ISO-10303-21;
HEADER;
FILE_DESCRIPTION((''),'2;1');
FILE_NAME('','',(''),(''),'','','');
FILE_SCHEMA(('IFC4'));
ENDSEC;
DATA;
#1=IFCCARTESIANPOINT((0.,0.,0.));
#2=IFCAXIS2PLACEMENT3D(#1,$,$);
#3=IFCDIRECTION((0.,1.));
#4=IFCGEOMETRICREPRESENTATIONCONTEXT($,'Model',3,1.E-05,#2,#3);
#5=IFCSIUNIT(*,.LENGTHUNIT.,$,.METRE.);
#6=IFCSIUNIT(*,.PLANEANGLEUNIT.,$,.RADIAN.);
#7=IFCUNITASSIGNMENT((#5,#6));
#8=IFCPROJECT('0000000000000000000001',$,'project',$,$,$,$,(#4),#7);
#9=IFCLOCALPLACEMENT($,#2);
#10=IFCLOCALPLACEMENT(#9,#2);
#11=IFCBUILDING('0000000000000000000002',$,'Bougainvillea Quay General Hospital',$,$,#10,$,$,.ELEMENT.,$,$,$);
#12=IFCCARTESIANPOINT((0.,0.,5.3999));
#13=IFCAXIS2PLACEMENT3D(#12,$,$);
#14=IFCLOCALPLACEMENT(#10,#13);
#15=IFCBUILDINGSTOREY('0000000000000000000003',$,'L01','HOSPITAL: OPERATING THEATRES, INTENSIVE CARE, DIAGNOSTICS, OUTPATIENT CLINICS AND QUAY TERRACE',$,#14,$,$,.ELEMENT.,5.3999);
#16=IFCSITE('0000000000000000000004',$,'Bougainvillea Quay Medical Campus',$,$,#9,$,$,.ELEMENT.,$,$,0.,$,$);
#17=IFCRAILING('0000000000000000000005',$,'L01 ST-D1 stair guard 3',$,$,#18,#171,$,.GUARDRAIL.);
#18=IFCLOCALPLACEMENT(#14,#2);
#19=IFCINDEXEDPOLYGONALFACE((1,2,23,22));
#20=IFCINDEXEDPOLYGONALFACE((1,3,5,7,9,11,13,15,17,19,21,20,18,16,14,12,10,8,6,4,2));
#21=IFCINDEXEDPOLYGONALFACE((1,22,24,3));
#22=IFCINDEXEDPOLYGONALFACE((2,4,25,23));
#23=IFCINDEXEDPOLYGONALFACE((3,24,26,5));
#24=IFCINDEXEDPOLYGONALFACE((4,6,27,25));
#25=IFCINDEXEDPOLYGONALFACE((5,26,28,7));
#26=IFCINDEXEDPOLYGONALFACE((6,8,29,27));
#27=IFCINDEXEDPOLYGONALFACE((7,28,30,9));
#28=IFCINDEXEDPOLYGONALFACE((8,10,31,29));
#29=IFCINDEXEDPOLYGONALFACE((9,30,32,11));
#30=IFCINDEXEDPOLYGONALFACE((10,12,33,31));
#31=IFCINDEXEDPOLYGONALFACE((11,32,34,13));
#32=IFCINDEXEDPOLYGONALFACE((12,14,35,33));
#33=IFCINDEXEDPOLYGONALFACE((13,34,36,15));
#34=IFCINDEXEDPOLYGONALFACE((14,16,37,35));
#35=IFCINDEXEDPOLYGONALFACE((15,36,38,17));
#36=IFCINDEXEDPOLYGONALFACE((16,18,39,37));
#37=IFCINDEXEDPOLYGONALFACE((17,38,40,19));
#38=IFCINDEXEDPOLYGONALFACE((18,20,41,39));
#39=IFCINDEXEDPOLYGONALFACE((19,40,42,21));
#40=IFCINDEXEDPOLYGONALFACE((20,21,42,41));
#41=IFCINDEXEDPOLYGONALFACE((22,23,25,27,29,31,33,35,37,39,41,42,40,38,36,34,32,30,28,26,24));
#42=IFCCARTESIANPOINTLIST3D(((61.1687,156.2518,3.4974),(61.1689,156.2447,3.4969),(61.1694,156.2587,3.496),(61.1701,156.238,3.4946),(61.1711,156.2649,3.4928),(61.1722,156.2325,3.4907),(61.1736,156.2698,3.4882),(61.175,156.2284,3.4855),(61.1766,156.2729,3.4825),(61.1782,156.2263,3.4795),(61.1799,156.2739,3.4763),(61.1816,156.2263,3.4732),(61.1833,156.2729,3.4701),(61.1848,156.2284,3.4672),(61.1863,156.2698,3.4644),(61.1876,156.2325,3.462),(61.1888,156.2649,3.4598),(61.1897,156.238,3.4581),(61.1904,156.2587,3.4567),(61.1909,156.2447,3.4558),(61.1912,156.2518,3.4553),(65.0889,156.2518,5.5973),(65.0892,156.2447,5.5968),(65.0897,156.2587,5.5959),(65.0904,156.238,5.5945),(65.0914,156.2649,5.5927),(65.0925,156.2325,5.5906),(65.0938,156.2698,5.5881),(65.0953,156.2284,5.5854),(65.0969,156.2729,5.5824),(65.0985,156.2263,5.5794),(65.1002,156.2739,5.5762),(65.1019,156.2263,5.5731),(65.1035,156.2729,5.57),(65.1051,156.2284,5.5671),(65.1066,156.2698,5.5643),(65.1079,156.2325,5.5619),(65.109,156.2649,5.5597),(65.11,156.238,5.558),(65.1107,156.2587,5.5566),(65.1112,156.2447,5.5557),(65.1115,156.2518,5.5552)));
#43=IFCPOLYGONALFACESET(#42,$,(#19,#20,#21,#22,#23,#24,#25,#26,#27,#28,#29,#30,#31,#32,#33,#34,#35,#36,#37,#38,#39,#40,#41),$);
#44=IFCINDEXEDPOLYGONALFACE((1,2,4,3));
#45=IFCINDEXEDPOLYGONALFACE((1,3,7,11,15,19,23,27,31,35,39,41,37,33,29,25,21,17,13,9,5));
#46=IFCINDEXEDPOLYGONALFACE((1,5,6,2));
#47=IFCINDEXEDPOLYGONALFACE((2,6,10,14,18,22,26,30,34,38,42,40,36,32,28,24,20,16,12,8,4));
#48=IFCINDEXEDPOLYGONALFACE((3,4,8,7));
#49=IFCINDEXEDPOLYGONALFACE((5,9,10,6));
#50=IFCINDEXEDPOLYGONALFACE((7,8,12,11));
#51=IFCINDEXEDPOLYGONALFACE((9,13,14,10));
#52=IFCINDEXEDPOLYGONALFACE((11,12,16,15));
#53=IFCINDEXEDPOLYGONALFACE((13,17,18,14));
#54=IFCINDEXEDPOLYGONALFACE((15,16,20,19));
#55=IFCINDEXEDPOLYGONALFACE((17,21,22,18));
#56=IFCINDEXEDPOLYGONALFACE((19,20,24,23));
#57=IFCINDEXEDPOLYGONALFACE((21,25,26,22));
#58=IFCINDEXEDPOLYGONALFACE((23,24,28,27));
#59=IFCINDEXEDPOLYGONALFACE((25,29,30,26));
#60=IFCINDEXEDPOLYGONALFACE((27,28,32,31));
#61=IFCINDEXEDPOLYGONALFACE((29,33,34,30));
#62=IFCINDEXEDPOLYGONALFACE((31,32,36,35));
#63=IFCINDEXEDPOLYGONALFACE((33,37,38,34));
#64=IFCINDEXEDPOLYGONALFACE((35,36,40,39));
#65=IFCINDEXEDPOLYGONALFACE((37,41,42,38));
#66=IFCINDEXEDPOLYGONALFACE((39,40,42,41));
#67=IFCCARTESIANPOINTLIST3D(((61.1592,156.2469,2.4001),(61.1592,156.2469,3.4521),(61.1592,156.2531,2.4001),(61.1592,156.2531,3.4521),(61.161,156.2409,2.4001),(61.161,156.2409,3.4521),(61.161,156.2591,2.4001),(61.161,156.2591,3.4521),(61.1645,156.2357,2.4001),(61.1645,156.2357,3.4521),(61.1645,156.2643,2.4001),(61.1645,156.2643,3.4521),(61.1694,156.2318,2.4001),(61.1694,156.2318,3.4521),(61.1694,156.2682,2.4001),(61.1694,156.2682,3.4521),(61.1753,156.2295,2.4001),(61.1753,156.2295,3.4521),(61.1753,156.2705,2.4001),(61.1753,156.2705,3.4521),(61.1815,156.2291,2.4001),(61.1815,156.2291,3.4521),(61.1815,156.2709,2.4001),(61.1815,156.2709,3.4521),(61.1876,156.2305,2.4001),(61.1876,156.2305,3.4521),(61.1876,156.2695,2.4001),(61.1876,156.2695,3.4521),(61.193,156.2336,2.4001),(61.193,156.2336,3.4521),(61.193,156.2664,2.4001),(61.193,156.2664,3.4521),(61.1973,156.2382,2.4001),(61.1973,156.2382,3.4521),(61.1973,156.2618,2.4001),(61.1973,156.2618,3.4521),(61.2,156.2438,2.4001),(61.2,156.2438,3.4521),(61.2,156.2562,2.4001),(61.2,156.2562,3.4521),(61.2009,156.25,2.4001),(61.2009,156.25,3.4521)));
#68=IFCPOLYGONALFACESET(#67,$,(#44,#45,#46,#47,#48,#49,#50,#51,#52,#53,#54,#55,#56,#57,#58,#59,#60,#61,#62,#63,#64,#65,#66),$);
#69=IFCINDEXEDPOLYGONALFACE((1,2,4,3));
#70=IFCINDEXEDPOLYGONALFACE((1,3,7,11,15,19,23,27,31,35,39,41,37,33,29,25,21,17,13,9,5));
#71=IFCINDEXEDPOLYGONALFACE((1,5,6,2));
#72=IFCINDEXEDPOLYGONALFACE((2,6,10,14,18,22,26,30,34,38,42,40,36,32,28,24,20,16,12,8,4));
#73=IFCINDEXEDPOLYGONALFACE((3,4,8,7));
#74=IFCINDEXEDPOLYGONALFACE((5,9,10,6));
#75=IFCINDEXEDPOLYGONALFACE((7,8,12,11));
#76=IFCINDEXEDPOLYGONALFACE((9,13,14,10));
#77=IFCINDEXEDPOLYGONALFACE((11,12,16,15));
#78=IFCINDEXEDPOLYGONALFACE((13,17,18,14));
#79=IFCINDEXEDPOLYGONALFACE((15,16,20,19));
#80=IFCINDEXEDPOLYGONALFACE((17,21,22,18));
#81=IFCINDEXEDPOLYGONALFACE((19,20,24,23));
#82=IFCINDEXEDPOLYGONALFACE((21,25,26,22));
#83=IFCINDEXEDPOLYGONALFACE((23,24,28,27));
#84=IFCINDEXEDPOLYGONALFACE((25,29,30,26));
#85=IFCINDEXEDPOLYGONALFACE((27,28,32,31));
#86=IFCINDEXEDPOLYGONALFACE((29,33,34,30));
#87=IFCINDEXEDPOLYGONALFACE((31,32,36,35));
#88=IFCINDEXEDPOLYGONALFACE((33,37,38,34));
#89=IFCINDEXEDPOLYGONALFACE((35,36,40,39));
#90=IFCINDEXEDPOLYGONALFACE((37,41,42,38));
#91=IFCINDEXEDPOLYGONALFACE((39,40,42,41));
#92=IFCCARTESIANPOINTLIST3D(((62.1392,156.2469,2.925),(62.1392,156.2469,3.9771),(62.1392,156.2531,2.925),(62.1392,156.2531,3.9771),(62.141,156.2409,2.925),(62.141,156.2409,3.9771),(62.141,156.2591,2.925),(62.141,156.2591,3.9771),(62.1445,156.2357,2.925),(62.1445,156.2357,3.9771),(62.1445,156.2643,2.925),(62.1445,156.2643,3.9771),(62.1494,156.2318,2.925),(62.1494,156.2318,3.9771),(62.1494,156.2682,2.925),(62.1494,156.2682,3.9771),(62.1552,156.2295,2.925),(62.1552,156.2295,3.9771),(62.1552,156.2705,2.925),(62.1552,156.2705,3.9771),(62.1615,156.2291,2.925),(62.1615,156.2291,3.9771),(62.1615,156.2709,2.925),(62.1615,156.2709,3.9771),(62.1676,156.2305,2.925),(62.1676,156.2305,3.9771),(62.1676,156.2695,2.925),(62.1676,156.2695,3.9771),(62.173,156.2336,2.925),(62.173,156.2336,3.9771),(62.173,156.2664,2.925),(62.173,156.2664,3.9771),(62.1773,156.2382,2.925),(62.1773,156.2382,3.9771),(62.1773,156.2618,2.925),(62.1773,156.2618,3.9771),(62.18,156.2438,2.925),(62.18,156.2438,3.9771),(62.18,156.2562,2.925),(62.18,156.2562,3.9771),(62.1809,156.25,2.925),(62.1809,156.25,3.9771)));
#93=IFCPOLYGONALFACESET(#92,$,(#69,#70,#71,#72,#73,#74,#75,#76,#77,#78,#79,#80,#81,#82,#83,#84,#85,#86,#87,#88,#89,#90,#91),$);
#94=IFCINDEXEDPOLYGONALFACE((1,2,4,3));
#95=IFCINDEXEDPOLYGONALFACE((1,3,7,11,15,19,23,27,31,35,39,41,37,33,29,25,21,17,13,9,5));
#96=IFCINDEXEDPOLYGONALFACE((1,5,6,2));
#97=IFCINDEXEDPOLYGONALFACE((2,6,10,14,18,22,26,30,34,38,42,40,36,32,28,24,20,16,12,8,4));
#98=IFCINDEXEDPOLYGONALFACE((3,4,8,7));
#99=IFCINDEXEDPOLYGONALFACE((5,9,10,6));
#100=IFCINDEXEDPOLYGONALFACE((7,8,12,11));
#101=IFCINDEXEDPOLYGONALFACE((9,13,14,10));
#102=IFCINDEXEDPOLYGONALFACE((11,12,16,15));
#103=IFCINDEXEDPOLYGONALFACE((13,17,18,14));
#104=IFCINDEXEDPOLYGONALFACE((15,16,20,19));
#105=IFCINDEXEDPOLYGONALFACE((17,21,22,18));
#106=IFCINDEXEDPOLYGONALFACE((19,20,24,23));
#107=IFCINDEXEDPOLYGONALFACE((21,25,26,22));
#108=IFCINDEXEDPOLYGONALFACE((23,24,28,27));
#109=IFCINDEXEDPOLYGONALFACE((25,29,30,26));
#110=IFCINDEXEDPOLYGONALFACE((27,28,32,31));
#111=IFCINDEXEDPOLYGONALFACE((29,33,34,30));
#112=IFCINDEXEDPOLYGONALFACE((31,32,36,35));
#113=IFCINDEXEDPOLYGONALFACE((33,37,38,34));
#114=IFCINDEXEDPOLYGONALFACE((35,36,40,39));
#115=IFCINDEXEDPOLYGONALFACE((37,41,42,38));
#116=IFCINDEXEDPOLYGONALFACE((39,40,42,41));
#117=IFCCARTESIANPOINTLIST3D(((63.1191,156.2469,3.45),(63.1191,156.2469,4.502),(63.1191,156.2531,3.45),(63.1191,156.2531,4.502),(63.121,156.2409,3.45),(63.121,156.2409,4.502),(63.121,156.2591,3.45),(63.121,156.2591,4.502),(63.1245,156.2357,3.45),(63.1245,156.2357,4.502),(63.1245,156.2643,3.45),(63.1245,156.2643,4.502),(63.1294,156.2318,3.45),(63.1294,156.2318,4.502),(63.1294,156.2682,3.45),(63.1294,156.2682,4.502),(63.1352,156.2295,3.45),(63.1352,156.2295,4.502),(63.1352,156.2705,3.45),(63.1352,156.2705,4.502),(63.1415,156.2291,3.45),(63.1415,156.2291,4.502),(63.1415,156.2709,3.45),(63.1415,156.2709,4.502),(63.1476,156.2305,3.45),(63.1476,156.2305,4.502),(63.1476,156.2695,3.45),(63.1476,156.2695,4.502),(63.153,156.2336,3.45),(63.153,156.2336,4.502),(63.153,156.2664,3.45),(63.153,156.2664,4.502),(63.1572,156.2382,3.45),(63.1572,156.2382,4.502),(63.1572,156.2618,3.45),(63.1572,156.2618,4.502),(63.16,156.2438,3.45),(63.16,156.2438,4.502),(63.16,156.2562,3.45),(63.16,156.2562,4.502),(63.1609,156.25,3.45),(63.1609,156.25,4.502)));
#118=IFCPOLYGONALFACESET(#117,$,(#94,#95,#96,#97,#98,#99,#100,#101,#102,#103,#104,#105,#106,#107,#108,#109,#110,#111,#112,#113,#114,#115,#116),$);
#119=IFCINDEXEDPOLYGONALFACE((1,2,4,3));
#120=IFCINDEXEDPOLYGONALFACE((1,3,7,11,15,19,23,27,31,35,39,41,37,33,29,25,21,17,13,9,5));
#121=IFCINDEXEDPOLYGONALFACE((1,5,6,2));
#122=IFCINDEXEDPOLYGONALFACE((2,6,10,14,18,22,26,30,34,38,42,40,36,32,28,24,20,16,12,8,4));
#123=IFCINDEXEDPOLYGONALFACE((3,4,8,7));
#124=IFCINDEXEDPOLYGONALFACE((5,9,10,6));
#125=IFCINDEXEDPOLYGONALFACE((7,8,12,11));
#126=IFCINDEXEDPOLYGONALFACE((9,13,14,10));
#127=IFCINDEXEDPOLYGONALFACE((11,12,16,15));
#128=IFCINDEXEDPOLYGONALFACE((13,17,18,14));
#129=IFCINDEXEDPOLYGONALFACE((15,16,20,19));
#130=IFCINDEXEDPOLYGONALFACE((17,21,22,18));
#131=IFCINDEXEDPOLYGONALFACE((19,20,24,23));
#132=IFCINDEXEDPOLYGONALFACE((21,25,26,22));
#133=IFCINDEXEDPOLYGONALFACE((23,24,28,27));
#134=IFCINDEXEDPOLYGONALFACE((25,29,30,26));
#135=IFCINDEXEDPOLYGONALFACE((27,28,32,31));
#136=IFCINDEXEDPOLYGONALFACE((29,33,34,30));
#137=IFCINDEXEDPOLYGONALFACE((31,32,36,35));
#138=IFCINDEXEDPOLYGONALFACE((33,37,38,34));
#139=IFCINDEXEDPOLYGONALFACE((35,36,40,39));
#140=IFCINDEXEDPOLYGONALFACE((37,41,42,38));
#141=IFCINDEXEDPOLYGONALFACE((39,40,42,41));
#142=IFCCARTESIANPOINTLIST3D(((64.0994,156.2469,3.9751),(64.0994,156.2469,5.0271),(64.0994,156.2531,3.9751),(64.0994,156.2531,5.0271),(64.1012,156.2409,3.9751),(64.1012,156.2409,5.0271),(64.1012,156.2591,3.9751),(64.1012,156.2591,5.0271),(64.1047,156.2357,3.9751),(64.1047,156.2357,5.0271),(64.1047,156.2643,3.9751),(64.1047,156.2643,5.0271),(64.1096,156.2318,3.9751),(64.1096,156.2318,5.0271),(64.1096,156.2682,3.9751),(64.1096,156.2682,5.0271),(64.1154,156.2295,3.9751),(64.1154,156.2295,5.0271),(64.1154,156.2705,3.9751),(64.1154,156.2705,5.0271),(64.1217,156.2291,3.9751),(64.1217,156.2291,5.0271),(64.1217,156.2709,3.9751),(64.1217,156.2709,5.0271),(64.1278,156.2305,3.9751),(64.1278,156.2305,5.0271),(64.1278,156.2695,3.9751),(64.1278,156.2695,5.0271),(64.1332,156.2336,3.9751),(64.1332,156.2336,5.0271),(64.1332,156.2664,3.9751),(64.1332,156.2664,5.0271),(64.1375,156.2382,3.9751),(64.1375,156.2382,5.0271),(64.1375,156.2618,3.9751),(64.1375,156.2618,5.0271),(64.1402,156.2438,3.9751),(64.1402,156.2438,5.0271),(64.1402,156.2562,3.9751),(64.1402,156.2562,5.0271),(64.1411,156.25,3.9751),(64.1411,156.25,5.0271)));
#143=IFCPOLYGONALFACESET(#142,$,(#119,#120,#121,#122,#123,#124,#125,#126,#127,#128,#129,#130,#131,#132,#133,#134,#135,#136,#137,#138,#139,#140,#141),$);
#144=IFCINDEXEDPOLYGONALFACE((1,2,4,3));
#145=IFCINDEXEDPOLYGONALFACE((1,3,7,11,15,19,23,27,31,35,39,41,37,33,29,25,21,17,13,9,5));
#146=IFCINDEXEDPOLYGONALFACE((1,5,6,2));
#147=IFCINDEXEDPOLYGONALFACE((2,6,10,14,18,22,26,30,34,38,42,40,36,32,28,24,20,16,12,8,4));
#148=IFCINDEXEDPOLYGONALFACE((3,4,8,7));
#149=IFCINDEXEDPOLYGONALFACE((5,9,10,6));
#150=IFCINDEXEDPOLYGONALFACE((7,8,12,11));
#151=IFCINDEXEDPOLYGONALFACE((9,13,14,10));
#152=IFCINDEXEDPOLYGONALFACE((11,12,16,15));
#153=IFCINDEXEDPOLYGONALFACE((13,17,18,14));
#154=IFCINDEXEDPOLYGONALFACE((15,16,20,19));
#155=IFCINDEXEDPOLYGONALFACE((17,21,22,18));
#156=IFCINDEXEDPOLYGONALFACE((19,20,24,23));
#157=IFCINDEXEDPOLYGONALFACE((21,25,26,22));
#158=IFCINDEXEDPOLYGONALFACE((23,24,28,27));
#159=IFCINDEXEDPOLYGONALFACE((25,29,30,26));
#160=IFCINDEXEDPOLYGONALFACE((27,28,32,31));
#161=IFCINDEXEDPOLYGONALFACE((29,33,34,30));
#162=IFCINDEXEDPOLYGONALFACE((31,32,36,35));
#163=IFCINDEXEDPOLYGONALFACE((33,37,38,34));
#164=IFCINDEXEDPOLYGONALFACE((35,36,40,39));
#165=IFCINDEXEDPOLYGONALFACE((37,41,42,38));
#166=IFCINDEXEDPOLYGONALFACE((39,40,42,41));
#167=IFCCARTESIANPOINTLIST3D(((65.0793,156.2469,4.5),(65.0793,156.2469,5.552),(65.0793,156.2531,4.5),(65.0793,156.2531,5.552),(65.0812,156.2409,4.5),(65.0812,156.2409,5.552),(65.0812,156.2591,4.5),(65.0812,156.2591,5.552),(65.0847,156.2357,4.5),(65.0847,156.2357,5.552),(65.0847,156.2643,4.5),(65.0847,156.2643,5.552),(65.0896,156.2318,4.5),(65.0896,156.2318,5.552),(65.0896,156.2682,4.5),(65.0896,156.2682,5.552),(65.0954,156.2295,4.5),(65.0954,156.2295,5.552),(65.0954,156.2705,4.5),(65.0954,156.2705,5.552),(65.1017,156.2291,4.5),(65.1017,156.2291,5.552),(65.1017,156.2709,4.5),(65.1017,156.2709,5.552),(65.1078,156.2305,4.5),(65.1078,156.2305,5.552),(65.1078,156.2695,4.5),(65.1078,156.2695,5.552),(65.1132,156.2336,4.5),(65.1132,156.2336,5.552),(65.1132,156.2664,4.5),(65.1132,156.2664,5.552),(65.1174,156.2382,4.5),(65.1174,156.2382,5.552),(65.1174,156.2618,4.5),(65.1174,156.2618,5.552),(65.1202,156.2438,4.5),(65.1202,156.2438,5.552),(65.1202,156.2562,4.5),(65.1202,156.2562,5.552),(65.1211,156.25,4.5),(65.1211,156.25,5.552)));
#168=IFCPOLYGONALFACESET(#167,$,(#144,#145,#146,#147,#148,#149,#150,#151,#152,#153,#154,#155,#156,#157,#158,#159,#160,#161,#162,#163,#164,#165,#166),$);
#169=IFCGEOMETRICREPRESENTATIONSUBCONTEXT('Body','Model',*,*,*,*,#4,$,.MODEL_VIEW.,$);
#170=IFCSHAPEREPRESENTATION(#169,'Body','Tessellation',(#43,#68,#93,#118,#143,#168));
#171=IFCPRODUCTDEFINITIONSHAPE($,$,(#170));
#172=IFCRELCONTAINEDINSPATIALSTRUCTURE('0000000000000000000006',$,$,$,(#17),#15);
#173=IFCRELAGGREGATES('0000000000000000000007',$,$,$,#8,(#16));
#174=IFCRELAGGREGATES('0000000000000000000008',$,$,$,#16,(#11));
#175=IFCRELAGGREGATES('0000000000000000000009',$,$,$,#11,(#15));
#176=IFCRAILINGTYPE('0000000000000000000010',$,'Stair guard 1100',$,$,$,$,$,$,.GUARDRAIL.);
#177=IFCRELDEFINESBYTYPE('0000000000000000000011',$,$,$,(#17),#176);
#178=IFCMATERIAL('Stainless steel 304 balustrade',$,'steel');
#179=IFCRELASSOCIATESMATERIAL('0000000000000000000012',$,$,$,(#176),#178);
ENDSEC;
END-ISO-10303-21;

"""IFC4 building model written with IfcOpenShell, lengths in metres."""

from ifc_helpers import new_model, si_unit, direction, frame, origin, origin_2d, place, context, subcontext, project, spatial, circle, extrude, material, type_object, element, save


model = new_model("IFC4")

# Units and contexts
model_context = context("Model", 3, precision=1e-05, world=origin(), true_north=direction((0.0, 1.0)))
body_context = subcontext(model_context, "Body", "Model", "MODEL_VIEW")
ifc_project = project(units=[si_unit("LENGTHUNIT", "METRE"), si_unit("PLANEANGLEUNIT", "RADIAN")], contexts=[model_context])

# Site, building, storey
site_placement = place(None, origin())
site = spatial("IfcSite", under=ifc_project, at=site_placement, Name="Bougainvillea Quay Medical Campus", CompositionType="ELEMENT", RefElevation=0.0)
building_placement = place(site_placement, origin())
building = spatial("IfcBuilding", under=site, at=building_placement, Name="Bougainvillea Quay General Hospital", CompositionType="ELEMENT")
storey_placement = place(building_placement, frame((0.0, 0.0, 5.3999)))
storey = spatial("IfcBuildingStorey", under=building, at=storey_placement, Name="L01", Description="HOSPITAL: OPERATING THEATRES, INTENSIVE CARE, DIAGNOSTICS, OUTPATIENT CLINICS AND QUAY TERRACE", CompositionType="ELEMENT", Elevation=5.3999)

# Railing
ifc_material_1 = material(Name="Stainless steel 304 balustrade", Category="steel")
railing_type_1 = type_object("IfcRailingType", Name="Stair guard 1100", PredefinedType="GUARDRAIL", material=ifc_material_1)
railing_1_placement = place(storey_placement, frame((61.1799, 156.25, 2.4001)))
element("IfcRailing", 1, at=railing_1_placement, inside=storey, type_object=railing_type_1, Name="L01 ST-D1 stair guard 3", PredefinedType="GUARDRAIL", context=body_context, shape_type="SweptSolid", body=[
    extrude(circle(Radius=0.0239, at=origin_2d()), frame((0.0, 0.0, 1.0762), z_axis=(0.881502, 0.0, 0.47218), x_axis=(0.0, 1.0, 0.0)), (0.0, 0.0, 1.0), 4.4473),
    extrude(circle(Radius=0.021, at=origin_2d()), origin(), (0.0, 0.0, 1.0), 1.052),
    extrude(circle(Radius=0.021, at=origin_2d()), frame((0.98, 0.0, 0.5249)), (0.0, 0.0, 1.0), 1.052),
    extrude(circle(Radius=0.021, at=origin_2d()), frame((1.96, 0.0, 1.0498)), (0.0, 0.0, 1.0), 1.052),
    extrude(circle(Radius=0.021, at=origin_2d()), frame((2.9402, 0.0, 1.575)), (0.0, 0.0, 1.0), 1.052),
    extrude(circle(Radius=0.021, at=origin_2d()), frame((3.9202, 0.0, 2.0999)), (0.0, 0.0, 1.0), 1.052),
])

save(model, "model.ifc")
